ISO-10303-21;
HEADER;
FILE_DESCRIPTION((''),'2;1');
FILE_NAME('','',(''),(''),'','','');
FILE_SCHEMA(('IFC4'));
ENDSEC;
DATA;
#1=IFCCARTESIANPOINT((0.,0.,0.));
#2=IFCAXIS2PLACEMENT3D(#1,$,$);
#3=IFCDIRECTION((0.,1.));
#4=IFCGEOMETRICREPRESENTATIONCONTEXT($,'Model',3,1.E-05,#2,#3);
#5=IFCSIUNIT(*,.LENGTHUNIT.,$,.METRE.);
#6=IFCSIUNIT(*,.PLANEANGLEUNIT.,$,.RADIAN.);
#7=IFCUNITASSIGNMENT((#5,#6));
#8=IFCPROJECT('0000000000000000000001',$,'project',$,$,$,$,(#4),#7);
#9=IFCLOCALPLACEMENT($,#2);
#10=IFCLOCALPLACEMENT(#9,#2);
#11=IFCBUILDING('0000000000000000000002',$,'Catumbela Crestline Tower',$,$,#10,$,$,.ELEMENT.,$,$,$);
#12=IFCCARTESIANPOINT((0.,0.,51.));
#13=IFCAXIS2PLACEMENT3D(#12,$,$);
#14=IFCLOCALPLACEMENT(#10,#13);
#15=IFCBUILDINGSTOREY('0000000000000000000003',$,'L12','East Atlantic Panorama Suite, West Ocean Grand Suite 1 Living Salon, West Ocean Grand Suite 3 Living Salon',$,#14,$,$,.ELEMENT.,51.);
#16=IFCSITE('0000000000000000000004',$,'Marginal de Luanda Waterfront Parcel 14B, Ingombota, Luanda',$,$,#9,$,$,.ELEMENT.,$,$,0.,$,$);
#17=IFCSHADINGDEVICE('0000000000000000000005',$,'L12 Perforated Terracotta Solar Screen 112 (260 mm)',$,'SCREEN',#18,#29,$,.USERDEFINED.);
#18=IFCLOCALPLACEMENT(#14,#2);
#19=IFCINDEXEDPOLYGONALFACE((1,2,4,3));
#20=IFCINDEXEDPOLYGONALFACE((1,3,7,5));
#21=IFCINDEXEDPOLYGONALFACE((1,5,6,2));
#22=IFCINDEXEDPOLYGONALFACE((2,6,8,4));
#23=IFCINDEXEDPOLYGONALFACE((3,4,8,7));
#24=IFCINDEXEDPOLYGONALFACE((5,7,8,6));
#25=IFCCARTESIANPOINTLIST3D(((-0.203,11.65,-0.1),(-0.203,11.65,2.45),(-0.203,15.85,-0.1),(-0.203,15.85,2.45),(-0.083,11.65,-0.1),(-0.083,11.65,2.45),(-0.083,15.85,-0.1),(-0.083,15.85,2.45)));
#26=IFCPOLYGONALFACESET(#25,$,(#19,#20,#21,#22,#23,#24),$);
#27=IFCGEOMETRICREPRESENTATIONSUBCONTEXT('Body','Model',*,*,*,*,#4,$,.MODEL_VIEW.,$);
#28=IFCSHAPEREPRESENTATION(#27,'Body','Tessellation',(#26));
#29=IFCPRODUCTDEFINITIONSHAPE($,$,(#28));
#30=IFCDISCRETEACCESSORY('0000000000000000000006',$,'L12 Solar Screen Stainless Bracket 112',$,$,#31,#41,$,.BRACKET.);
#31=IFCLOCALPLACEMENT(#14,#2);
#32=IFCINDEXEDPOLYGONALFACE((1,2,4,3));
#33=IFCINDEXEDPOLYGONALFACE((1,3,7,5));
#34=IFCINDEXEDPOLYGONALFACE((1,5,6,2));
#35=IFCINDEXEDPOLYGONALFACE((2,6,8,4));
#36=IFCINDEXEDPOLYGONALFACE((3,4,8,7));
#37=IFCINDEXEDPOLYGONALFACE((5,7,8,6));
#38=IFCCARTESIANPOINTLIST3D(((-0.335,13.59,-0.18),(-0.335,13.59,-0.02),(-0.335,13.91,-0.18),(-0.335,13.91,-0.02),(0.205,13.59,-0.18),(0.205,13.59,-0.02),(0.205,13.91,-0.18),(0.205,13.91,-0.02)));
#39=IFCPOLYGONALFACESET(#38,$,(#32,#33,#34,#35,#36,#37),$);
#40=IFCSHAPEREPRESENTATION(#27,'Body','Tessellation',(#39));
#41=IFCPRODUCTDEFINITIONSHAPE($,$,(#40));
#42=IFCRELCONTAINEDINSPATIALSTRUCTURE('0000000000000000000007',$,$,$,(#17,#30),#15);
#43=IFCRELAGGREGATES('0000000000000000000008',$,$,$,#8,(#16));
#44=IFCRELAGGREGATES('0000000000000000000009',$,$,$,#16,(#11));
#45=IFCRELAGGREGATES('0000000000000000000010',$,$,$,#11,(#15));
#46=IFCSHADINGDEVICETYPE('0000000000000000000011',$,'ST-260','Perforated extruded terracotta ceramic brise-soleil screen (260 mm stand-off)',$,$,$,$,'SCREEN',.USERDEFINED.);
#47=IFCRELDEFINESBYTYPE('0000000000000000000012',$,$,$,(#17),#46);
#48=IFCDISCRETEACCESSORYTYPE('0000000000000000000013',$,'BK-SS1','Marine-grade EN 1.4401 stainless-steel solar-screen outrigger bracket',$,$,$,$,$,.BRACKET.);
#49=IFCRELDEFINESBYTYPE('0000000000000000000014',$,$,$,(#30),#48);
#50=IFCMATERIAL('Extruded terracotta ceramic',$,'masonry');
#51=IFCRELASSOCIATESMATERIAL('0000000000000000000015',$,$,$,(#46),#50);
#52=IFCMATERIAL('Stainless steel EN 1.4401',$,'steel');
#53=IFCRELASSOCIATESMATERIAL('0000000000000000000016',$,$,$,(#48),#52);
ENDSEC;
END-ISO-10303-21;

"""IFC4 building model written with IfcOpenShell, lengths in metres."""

from ifc_helpers import new_model, si_unit, direction, frame, origin, origin_2d, place, context, subcontext, project, spatial, rectangle, extrude, material, type_object, element, save


model = new_model("IFC4")

# Units and contexts
model_context = context("Model", 3, precision=1e-05, world=origin(), true_north=direction((0.0, 1.0)))
body_context = subcontext(model_context, "Body", "Model", "MODEL_VIEW")
ifc_project = project(units=[si_unit("LENGTHUNIT", "METRE"), si_unit("PLANEANGLEUNIT", "RADIAN")], contexts=[model_context])

# Site, building, storey
site_placement = place(None, origin())
site = spatial("IfcSite", under=ifc_project, at=site_placement, Name="Marginal de Luanda Waterfront Parcel 14B, Ingombota, Luanda", CompositionType="ELEMENT", RefElevation=0.0)
building_placement = place(site_placement, origin())
building = spatial("IfcBuilding", under=site, at=building_placement, Name="Catumbela Crestline Tower", CompositionType="ELEMENT")
storey_placement = place(building_placement, frame((0.0, 0.0, 51.0)))
storey = spatial("IfcBuildingStorey", under=building, at=storey_placement, Name="L12", Description="East Atlantic Panorama Suite, West Ocean Grand Suite 1 Living Salon, West Ocean Grand Suite 3 Living Salon", CompositionType="ELEMENT", Elevation=51.0)

# Shading device
ifc_material_1 = material(Name="Extruded terracotta ceramic", Category="masonry")
shading_device_type = type_object("IfcShadingDeviceType", Name="ST-260", Description="Perforated extruded terracotta ceramic brise-soleil screen (260 mm stand-off)", ElementType="SCREEN", PredefinedType="USERDEFINED", material=ifc_material_1)
shading_device_placement = place(storey_placement, frame((-0.143, 13.75, -0.1), z_axis=(0.0, 0.0, 1.0), x_axis=(0.0, -1.0, 0.0)))
element("IfcShadingDevice", 1, at=shading_device_placement, inside=storey, type_object=shading_device_type, Name="L12 Perforated Terracotta Solar Screen 112 (260 mm)", ObjectType="SCREEN", PredefinedType="USERDEFINED", context=body_context, shape_type="SweptSolid", body=[
    extrude(rectangle(XDim=4.2, YDim=0.12, at=origin_2d()), origin(), (0.0, 0.0, 1.0), 2.55),
])

# Discrete accessory
ifc_material_2 = material(Name="Stainless steel EN 1.4401", Category="steel")
discrete_accessory_type = type_object("IfcDiscreteAccessoryType", Name="BK-SS1", Description="Marine-grade EN 1.4401 stainless-steel solar-screen outrigger bracket", PredefinedType="BRACKET", material=ifc_material_2)
discrete_accessory_placement = place(storey_placement, frame((-0.065, 13.75, -0.18), z_axis=(0.0, 0.0, 1.0), x_axis=(0.0, -1.0, 0.0)))
element("IfcDiscreteAccessory", 2, at=discrete_accessory_placement, inside=storey, type_object=discrete_accessory_type, Name="L12 Solar Screen Stainless Bracket 112", PredefinedType="BRACKET", context=body_context, shape_type="SweptSolid", body=[
    extrude(rectangle(XDim=0.32, YDim=0.54, at=origin_2d()), origin(), (0.0, 0.0, 1.0), 0.16),
])

save(model, "model.ifc")
